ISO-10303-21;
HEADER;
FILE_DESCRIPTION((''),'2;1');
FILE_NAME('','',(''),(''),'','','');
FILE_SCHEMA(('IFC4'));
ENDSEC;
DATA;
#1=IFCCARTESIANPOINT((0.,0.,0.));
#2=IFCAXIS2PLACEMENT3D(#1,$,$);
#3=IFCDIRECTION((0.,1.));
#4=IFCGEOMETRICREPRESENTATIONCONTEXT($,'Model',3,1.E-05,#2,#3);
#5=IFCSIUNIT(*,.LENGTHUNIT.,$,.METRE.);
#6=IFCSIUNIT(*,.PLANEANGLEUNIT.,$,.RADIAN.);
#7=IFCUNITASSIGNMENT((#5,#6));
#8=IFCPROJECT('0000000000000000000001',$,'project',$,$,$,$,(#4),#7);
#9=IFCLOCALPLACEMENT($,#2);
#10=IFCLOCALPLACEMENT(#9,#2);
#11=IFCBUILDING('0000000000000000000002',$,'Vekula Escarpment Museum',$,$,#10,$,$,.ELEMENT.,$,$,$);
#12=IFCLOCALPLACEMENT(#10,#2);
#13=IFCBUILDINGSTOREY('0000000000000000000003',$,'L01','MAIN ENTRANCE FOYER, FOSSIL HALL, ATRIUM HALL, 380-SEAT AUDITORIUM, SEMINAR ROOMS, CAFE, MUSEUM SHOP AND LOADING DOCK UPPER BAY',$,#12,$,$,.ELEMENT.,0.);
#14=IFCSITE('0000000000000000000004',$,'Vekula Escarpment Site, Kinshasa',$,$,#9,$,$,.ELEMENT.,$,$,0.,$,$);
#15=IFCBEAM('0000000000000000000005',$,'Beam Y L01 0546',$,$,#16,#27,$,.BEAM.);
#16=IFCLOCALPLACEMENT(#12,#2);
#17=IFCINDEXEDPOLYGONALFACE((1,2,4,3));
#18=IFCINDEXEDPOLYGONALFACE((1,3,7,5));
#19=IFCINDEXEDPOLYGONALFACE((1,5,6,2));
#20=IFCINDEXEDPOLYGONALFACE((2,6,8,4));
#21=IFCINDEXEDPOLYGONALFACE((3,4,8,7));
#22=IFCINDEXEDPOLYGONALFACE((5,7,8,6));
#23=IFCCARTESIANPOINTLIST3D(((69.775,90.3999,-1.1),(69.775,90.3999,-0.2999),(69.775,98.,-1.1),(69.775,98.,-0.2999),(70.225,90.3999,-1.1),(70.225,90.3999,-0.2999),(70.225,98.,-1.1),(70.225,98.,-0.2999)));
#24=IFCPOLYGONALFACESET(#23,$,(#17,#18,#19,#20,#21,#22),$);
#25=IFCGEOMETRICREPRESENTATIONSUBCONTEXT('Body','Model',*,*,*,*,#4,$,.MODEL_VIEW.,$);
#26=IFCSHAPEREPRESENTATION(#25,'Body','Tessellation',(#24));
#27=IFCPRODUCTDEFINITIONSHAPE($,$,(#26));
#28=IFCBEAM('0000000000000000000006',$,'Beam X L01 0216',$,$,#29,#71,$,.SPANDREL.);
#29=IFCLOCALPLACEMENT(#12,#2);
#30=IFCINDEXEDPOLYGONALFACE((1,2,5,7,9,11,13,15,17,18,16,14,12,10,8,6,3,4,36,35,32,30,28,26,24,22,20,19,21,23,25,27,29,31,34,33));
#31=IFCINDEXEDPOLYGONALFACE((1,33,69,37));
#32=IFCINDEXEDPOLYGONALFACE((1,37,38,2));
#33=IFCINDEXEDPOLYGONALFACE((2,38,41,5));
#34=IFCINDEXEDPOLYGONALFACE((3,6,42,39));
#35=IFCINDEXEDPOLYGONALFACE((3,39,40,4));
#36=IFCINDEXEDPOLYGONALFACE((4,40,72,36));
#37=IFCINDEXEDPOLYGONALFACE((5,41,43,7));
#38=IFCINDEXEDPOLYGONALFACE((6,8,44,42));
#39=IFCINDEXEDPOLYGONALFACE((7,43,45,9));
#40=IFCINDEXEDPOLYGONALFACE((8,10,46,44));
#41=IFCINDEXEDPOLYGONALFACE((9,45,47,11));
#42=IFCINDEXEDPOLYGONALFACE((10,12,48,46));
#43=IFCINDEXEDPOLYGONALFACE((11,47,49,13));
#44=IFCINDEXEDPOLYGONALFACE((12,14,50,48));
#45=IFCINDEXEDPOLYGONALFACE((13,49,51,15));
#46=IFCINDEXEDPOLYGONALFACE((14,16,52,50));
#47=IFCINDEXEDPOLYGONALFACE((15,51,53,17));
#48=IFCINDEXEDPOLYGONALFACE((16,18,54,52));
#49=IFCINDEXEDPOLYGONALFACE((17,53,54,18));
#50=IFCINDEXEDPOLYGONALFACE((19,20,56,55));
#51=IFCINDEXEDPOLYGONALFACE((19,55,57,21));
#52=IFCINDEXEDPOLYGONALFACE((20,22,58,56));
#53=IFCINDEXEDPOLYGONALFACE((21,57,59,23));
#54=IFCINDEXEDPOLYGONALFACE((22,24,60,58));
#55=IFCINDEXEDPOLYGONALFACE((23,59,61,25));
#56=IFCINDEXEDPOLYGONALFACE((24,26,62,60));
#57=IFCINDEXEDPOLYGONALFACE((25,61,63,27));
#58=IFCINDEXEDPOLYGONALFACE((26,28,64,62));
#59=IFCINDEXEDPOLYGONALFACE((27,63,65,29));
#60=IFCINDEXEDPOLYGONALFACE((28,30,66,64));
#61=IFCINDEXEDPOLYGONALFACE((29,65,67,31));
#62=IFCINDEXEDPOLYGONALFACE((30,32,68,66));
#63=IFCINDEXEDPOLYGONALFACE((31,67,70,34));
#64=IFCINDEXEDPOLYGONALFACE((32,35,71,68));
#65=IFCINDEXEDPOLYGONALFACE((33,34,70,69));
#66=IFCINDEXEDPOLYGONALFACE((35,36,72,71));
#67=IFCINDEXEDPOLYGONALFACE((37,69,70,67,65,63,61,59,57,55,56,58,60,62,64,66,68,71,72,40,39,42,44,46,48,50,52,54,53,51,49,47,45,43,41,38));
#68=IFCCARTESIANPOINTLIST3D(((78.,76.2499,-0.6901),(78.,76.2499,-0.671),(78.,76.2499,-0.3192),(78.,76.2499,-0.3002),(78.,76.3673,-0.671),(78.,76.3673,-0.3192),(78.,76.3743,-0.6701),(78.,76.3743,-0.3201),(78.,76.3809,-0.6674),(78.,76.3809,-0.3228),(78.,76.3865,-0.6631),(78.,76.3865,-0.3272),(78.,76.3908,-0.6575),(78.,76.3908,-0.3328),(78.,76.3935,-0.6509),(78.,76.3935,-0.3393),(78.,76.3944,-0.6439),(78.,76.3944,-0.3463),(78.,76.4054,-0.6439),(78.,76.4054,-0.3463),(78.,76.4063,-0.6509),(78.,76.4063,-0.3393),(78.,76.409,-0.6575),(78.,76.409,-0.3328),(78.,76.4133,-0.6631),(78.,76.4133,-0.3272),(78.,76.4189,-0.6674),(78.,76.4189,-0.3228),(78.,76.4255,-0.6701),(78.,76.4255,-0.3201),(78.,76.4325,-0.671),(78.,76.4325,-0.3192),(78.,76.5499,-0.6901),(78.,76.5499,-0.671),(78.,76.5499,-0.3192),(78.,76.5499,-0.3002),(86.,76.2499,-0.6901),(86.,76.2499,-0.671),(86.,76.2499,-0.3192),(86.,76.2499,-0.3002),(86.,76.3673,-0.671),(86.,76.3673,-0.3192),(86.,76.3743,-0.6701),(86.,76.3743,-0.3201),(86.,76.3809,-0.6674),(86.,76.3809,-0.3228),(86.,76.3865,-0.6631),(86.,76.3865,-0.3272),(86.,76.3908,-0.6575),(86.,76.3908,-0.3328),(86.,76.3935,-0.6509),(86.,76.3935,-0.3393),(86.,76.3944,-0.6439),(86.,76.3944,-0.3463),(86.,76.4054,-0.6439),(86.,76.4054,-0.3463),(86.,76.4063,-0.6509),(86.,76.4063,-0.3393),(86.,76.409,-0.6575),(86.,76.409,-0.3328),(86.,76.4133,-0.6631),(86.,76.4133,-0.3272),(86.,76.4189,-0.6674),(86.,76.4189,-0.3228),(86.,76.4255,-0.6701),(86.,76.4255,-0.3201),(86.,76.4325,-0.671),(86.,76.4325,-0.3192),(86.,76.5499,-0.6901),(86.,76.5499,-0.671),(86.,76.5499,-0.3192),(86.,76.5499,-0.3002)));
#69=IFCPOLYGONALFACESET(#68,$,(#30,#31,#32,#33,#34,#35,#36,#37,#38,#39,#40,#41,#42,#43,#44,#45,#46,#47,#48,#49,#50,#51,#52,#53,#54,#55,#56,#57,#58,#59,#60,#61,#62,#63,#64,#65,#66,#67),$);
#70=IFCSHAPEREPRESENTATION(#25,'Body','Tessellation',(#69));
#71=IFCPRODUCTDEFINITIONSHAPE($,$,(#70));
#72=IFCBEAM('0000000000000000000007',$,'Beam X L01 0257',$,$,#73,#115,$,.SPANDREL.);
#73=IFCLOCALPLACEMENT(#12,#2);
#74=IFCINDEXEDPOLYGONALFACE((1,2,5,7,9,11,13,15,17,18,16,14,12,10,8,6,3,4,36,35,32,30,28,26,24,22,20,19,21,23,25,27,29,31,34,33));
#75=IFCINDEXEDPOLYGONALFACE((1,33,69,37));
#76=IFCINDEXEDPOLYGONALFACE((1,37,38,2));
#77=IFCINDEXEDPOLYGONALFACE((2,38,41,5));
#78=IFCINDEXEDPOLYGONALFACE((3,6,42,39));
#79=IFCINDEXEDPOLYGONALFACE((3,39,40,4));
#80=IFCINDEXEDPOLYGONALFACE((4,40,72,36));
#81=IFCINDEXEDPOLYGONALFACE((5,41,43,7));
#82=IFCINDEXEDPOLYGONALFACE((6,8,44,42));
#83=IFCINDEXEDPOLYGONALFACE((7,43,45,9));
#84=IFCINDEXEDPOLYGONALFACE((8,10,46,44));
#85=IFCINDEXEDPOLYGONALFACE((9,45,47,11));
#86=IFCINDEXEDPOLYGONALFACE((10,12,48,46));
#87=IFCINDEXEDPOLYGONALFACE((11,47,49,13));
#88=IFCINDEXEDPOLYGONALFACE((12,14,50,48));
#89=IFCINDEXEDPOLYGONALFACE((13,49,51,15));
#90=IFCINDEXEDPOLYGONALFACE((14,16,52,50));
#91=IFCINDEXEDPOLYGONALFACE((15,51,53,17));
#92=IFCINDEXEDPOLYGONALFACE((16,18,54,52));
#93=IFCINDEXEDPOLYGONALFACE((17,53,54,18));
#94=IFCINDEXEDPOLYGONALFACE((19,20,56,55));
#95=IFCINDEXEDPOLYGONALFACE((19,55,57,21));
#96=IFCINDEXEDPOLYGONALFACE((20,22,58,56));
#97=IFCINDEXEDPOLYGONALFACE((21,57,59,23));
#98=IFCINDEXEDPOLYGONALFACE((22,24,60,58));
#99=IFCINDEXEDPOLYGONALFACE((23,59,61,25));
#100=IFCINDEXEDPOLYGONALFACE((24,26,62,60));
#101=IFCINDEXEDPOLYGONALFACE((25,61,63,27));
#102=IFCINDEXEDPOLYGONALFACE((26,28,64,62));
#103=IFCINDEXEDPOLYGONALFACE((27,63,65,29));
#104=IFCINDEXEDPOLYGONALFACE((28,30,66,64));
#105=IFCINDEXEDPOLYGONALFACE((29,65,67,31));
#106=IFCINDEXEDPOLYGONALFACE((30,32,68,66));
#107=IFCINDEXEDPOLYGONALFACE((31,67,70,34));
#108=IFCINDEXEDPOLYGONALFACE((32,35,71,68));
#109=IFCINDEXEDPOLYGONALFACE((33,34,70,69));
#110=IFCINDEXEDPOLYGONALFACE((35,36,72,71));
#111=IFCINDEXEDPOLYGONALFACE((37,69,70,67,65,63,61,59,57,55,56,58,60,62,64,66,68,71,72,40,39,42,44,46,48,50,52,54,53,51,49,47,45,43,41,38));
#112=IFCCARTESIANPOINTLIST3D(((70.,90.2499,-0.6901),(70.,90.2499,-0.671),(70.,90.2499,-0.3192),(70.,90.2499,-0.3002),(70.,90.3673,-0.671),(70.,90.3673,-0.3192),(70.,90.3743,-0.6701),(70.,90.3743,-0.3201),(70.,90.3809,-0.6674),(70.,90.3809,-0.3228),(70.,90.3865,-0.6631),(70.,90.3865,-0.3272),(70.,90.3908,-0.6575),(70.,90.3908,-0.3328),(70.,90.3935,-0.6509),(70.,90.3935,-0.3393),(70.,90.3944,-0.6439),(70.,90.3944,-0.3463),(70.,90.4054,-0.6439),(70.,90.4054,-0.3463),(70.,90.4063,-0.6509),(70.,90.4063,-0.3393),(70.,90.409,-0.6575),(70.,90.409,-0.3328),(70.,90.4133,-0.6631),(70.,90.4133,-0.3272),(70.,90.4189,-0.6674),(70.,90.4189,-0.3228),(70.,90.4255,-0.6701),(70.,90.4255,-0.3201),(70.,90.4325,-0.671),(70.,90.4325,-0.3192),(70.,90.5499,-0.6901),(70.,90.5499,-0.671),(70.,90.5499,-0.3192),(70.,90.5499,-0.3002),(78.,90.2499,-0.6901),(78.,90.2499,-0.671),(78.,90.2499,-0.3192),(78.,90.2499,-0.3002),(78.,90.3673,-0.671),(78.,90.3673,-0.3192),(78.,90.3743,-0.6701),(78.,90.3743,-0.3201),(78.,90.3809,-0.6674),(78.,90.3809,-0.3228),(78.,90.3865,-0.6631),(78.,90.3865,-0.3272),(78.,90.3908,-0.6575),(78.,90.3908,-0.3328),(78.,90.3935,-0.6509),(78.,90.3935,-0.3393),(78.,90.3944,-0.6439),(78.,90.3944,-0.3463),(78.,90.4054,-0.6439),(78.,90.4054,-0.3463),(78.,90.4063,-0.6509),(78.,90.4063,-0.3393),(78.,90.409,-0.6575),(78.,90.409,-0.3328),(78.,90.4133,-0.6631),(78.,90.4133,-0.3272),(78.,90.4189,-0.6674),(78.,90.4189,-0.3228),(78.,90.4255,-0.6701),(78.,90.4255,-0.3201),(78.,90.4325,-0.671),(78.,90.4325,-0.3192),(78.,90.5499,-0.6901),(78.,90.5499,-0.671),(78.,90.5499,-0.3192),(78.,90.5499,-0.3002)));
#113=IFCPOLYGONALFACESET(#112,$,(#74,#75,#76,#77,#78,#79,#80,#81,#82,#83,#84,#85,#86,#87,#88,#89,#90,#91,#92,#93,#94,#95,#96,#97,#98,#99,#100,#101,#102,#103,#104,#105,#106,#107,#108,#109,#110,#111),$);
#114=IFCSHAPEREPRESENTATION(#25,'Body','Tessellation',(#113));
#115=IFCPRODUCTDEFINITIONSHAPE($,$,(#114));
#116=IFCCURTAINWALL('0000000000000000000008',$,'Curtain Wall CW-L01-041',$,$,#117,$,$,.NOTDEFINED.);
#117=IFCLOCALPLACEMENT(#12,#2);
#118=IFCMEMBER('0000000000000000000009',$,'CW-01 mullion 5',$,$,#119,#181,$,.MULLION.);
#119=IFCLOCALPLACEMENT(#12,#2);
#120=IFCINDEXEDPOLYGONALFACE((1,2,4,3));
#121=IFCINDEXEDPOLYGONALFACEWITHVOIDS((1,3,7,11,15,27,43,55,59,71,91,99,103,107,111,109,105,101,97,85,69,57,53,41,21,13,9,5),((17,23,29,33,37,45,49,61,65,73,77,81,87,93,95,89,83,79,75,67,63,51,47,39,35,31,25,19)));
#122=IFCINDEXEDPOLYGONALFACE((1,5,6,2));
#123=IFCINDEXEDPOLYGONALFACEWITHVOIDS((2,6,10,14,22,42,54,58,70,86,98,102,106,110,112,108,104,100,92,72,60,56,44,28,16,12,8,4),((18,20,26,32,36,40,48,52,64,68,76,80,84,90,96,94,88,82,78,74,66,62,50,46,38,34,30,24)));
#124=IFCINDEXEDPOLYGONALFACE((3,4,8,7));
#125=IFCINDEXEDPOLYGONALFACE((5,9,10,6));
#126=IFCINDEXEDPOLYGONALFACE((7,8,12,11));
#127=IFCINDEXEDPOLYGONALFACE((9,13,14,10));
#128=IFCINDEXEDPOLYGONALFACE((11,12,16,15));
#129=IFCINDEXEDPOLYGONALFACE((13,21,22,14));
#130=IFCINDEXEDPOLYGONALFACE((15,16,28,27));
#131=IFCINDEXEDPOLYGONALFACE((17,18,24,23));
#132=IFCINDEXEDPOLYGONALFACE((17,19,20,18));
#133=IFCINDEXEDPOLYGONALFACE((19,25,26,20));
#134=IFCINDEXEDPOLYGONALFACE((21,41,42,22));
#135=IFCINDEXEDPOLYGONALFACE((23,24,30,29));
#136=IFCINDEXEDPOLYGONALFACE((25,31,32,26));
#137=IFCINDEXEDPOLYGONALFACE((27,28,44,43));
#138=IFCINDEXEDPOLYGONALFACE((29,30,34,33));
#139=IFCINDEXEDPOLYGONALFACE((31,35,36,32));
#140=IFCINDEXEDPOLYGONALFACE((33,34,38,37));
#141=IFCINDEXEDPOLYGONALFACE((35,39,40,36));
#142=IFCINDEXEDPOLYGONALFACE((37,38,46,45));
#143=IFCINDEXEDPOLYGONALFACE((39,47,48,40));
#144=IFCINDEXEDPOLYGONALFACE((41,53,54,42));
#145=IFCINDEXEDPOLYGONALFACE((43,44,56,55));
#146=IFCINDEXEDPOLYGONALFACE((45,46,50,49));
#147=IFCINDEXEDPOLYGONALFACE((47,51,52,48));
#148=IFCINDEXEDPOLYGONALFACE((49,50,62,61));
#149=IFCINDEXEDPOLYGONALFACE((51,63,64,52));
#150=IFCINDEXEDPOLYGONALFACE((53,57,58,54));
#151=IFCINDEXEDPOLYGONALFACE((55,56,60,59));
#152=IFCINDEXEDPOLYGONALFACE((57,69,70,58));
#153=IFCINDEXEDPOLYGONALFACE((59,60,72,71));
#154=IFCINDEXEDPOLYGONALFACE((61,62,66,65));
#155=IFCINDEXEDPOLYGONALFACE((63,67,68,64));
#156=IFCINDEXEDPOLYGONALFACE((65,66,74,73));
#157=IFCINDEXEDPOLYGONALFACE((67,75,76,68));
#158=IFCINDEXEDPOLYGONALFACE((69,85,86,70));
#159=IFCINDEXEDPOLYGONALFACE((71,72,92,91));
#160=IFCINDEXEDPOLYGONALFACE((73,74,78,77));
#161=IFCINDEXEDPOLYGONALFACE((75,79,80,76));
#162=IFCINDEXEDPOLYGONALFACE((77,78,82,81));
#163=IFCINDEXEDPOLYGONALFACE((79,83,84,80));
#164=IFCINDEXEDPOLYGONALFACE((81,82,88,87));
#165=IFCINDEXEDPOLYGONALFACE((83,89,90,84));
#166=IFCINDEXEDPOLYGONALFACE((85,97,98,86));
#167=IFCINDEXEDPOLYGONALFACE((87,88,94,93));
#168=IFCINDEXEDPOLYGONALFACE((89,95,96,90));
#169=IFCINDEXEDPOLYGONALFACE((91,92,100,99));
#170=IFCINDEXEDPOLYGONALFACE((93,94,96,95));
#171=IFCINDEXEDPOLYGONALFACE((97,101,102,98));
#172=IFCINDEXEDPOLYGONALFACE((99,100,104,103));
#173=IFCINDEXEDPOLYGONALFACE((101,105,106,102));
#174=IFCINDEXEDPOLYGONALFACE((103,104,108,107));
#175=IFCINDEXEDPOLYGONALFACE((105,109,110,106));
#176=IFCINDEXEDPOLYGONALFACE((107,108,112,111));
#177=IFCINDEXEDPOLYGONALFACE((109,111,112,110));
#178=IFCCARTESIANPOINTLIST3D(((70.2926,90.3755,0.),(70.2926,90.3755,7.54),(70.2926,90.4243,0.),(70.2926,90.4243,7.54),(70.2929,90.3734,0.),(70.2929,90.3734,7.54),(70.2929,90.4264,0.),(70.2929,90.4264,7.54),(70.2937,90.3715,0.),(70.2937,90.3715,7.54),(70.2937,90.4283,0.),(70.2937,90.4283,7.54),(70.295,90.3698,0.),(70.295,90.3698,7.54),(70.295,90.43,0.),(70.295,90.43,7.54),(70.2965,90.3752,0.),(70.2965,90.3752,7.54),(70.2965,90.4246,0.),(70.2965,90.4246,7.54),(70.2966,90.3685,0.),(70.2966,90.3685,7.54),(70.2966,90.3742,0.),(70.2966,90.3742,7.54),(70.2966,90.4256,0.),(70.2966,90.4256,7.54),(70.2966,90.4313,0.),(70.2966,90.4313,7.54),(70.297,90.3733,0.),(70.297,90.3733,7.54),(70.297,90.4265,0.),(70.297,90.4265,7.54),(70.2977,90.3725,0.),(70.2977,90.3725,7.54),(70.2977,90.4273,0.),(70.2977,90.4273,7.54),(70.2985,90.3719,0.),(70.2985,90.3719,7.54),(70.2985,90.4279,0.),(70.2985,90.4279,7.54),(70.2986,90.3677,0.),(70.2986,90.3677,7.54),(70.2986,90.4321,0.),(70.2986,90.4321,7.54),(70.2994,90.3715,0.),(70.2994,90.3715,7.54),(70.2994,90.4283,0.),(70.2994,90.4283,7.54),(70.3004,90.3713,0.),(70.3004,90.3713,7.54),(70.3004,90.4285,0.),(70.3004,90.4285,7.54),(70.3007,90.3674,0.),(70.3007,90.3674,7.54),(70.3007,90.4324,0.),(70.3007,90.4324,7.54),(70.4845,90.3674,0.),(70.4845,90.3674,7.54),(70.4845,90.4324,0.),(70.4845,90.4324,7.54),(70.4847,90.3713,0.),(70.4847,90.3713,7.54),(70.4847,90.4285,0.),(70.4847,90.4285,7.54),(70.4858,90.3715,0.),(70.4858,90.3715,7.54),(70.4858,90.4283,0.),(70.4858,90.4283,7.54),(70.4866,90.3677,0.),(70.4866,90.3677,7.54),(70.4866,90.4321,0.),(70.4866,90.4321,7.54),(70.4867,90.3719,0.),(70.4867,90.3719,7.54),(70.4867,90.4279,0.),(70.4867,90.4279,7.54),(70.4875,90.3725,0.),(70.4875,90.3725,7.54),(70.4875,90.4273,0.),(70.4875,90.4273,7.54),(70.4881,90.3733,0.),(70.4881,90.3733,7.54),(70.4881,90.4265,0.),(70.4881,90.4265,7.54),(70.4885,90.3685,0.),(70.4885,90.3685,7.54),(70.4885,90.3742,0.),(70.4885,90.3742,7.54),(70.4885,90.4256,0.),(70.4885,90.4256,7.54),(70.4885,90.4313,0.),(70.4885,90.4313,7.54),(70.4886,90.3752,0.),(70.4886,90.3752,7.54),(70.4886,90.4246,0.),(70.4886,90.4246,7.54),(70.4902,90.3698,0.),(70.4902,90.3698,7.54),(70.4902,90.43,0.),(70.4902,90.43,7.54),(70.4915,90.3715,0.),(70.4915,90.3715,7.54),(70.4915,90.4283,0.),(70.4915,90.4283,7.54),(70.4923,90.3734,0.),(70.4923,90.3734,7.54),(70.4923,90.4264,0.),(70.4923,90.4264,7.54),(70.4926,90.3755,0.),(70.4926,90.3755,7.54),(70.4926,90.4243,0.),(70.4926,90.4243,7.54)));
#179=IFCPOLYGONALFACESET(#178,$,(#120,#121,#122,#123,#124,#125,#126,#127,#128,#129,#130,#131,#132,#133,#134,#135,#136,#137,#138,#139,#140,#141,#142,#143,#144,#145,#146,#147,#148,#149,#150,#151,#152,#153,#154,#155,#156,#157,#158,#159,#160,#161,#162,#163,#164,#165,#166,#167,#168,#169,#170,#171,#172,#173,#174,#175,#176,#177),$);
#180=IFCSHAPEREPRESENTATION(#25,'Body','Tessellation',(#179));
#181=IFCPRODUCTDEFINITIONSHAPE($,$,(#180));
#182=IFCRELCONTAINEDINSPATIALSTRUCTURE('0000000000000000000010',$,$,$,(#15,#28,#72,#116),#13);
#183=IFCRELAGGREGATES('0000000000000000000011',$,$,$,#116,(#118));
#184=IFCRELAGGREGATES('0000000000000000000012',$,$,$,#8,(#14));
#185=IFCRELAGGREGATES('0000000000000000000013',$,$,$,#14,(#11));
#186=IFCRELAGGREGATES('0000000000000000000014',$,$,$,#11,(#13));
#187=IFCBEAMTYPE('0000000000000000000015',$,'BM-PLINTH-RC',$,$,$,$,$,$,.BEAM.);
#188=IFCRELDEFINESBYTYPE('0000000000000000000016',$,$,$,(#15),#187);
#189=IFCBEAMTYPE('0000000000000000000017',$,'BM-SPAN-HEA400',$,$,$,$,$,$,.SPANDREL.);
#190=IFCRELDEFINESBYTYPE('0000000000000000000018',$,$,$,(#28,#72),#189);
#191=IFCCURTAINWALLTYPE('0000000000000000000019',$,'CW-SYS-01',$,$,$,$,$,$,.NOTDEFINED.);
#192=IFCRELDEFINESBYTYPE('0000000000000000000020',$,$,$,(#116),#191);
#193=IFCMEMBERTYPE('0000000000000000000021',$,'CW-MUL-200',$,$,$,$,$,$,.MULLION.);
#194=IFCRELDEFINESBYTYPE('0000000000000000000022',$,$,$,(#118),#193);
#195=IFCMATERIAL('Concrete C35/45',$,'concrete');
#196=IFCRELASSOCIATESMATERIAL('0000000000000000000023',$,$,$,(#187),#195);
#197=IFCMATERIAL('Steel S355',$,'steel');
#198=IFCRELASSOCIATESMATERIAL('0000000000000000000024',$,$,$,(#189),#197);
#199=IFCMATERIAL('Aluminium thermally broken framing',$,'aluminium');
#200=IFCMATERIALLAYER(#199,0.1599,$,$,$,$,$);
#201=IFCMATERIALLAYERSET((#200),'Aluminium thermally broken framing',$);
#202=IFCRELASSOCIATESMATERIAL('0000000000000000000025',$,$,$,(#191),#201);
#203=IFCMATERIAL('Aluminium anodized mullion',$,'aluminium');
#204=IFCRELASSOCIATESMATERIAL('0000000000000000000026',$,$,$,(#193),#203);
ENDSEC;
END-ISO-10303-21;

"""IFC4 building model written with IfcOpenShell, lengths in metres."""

from ifc_helpers import new_model, si_unit, direction, frame, origin, origin_2d, place, context, subcontext, project, spatial, rectangle, hollow_rectangle, i_section, extrude, material, layer, layer_set, material_profile, profile_set, type_object, element, aggregate, save


model = new_model("IFC4")

# Units and contexts
model_context = context("Model", 3, precision=1e-05, world=origin(), true_north=direction((0.0, 1.0)))
body_context = subcontext(model_context, "Body", "Model", "MODEL_VIEW")
ifc_project = project(units=[si_unit("LENGTHUNIT", "METRE"), si_unit("PLANEANGLEUNIT", "RADIAN")], contexts=[model_context])

# Site, building, storey
site_placement = place(None, origin())
site = spatial("IfcSite", under=ifc_project, at=site_placement, Name="Vekula Escarpment Site, Kinshasa", CompositionType="ELEMENT", RefElevation=0.0)
building_placement = place(site_placement, origin())
building = spatial("IfcBuilding", under=site, at=building_placement, Name="Vekula Escarpment Museum", CompositionType="ELEMENT")
storey_placement = place(building_placement, origin())
storey = spatial("IfcBuildingStorey", under=building, at=storey_placement, Name="L01", Description="MAIN ENTRANCE FOYER, FOSSIL HALL, ATRIUM HALL, 380-SEAT AUDITORIUM, SEMINAR ROOMS, CAFE, MUSEUM SHOP AND LOADING DOCK UPPER BAY", CompositionType="ELEMENT", Elevation=0.0)

# Beams
ifc_material_1 = material(Name="Concrete C35/45", Category="concrete")
ifc_material_profile_1 = material_profile(ifc_material_1, rectangle(XDim=0.45, YDim=0.8, at=origin_2d()), Name="RC 450x800")
ifc_profile_set_1 = profile_set([ifc_material_profile_1], Name="Concrete C35/45")
beam_type_1 = type_object("IfcBeamType", Name="BM-PLINTH-RC", PredefinedType="BEAM", material=ifc_profile_set_1)
beam_1_placement = place(storey_placement, frame((70.0, 90.3999, -0.7), z_axis=(0.0, 1.0, 0.0), x_axis=(-1.0, 0.0, 0.0)))
element("IfcBeam", 1, at=beam_1_placement, inside=storey, type_object=beam_type_1, Name="Beam Y L01 0546", PredefinedType="BEAM", context=body_context, shape_type="SweptSolid", body=[
    extrude(rectangle(XDim=0.45, YDim=0.8, at=origin_2d()), origin(), (0.0, 0.0, 1.0), 7.6001),
])
ifc_material_2 = material(Name="Steel S355", Category="steel")
ifc_material_profile_2 = material_profile(ifc_material_2, i_section(OverallWidth=0.3, OverallDepth=0.3899, WebThickness=0.011, FlangeThickness=0.019, FilletRadius=0.0271, at=origin_2d()), Name="HEA 400")
ifc_profile_set_2 = profile_set([ifc_material_profile_2], Name="Steel S355")
beam_type_2 = type_object("IfcBeamType", Name="BM-SPAN-HEA400", PredefinedType="SPANDREL", material=ifc_profile_set_2)
for number, where, z_axis, x_axis, name in (
    (2, (78.0, 76.3999, -0.4951), (1.0, 0.0, 0.0), (0.0, 1.0, 0.0), "Beam X L01 0216"),
    (3, (70.0, 90.3999, -0.4951), (1.0, 0.0, 0.0), (0.0, 1.0, 0.0), "Beam X L01 0257"),
):
    element("IfcBeam", number, at=place(storey_placement, frame(where, z_axis=z_axis, x_axis=x_axis)), inside=storey, type_object=beam_type_2, Name=name, PredefinedType="SPANDREL", context=body_context, shape_type="SweptSolid", body=[
        extrude(i_section(OverallWidth=0.3, OverallDepth=0.3899, WebThickness=0.011, FlangeThickness=0.019, FilletRadius=0.0271, at=origin_2d()), origin(), (0.0, 0.0, 1.0), 8.0),
    ])

# Curtain wall, member
ifc_material_3 = material(Name="Aluminium thermally broken framing", Category="aluminium")
ifc_layer_1 = layer(ifc_material_3, 0.1599)
ifc_layer_set_1 = layer_set([ifc_layer_1], Name="Aluminium thermally broken framing")
curtain_wall_type = type_object("IfcCurtainWallType", Name="CW-SYS-01", PredefinedType="NOTDEFINED", material=ifc_layer_set_1)
curtain_wall_placement = place(storey_placement, origin())
curtain_wall = element("IfcCurtainWall", 4, at=curtain_wall_placement, inside=storey, type_object=curtain_wall_type, Name="Curtain Wall CW-L01-041", PredefinedType="NOTDEFINED")
ifc_material_4 = material(Name="Aluminium anodized mullion", Category="aluminium")
ifc_material_profile_3 = material_profile(ifc_material_4, hollow_rectangle(XDim=0.0649, YDim=0.2, WallThickness=0.0039, InnerFilletRadius=0.0039, OuterFilletRadius=0.0081, at=origin_2d()), Name="ALU 200x65x4")
ifc_profile_set_3 = profile_set([ifc_material_profile_3], Name="Aluminium anodized mullion")
member_type_1 = type_object("IfcMemberType", Name="CW-MUL-200", PredefinedType="MULLION", material=ifc_profile_set_3)
member_1_placement = place(storey_placement, frame((70.3926, 90.3999, 0.0), z_axis=(0.0, 0.0, 1.0), x_axis=(0.0, -1.0, 0.0)))
member_1 = element("IfcMember", 5, at=member_1_placement, type_object=member_type_1, Name="CW-01 mullion 5", PredefinedType="MULLION", context=body_context, shape_type="SweptSolid", body=[
    extrude(hollow_rectangle(XDim=0.0649, YDim=0.2, WallThickness=0.0039, InnerFilletRadius=0.0039, OuterFilletRadius=0.0081, at=origin_2d()), origin(), (0.0, 0.0, 1.0), 7.54),
])
aggregate(curtain_wall, [member_1])

save(model, "model.ifc")
